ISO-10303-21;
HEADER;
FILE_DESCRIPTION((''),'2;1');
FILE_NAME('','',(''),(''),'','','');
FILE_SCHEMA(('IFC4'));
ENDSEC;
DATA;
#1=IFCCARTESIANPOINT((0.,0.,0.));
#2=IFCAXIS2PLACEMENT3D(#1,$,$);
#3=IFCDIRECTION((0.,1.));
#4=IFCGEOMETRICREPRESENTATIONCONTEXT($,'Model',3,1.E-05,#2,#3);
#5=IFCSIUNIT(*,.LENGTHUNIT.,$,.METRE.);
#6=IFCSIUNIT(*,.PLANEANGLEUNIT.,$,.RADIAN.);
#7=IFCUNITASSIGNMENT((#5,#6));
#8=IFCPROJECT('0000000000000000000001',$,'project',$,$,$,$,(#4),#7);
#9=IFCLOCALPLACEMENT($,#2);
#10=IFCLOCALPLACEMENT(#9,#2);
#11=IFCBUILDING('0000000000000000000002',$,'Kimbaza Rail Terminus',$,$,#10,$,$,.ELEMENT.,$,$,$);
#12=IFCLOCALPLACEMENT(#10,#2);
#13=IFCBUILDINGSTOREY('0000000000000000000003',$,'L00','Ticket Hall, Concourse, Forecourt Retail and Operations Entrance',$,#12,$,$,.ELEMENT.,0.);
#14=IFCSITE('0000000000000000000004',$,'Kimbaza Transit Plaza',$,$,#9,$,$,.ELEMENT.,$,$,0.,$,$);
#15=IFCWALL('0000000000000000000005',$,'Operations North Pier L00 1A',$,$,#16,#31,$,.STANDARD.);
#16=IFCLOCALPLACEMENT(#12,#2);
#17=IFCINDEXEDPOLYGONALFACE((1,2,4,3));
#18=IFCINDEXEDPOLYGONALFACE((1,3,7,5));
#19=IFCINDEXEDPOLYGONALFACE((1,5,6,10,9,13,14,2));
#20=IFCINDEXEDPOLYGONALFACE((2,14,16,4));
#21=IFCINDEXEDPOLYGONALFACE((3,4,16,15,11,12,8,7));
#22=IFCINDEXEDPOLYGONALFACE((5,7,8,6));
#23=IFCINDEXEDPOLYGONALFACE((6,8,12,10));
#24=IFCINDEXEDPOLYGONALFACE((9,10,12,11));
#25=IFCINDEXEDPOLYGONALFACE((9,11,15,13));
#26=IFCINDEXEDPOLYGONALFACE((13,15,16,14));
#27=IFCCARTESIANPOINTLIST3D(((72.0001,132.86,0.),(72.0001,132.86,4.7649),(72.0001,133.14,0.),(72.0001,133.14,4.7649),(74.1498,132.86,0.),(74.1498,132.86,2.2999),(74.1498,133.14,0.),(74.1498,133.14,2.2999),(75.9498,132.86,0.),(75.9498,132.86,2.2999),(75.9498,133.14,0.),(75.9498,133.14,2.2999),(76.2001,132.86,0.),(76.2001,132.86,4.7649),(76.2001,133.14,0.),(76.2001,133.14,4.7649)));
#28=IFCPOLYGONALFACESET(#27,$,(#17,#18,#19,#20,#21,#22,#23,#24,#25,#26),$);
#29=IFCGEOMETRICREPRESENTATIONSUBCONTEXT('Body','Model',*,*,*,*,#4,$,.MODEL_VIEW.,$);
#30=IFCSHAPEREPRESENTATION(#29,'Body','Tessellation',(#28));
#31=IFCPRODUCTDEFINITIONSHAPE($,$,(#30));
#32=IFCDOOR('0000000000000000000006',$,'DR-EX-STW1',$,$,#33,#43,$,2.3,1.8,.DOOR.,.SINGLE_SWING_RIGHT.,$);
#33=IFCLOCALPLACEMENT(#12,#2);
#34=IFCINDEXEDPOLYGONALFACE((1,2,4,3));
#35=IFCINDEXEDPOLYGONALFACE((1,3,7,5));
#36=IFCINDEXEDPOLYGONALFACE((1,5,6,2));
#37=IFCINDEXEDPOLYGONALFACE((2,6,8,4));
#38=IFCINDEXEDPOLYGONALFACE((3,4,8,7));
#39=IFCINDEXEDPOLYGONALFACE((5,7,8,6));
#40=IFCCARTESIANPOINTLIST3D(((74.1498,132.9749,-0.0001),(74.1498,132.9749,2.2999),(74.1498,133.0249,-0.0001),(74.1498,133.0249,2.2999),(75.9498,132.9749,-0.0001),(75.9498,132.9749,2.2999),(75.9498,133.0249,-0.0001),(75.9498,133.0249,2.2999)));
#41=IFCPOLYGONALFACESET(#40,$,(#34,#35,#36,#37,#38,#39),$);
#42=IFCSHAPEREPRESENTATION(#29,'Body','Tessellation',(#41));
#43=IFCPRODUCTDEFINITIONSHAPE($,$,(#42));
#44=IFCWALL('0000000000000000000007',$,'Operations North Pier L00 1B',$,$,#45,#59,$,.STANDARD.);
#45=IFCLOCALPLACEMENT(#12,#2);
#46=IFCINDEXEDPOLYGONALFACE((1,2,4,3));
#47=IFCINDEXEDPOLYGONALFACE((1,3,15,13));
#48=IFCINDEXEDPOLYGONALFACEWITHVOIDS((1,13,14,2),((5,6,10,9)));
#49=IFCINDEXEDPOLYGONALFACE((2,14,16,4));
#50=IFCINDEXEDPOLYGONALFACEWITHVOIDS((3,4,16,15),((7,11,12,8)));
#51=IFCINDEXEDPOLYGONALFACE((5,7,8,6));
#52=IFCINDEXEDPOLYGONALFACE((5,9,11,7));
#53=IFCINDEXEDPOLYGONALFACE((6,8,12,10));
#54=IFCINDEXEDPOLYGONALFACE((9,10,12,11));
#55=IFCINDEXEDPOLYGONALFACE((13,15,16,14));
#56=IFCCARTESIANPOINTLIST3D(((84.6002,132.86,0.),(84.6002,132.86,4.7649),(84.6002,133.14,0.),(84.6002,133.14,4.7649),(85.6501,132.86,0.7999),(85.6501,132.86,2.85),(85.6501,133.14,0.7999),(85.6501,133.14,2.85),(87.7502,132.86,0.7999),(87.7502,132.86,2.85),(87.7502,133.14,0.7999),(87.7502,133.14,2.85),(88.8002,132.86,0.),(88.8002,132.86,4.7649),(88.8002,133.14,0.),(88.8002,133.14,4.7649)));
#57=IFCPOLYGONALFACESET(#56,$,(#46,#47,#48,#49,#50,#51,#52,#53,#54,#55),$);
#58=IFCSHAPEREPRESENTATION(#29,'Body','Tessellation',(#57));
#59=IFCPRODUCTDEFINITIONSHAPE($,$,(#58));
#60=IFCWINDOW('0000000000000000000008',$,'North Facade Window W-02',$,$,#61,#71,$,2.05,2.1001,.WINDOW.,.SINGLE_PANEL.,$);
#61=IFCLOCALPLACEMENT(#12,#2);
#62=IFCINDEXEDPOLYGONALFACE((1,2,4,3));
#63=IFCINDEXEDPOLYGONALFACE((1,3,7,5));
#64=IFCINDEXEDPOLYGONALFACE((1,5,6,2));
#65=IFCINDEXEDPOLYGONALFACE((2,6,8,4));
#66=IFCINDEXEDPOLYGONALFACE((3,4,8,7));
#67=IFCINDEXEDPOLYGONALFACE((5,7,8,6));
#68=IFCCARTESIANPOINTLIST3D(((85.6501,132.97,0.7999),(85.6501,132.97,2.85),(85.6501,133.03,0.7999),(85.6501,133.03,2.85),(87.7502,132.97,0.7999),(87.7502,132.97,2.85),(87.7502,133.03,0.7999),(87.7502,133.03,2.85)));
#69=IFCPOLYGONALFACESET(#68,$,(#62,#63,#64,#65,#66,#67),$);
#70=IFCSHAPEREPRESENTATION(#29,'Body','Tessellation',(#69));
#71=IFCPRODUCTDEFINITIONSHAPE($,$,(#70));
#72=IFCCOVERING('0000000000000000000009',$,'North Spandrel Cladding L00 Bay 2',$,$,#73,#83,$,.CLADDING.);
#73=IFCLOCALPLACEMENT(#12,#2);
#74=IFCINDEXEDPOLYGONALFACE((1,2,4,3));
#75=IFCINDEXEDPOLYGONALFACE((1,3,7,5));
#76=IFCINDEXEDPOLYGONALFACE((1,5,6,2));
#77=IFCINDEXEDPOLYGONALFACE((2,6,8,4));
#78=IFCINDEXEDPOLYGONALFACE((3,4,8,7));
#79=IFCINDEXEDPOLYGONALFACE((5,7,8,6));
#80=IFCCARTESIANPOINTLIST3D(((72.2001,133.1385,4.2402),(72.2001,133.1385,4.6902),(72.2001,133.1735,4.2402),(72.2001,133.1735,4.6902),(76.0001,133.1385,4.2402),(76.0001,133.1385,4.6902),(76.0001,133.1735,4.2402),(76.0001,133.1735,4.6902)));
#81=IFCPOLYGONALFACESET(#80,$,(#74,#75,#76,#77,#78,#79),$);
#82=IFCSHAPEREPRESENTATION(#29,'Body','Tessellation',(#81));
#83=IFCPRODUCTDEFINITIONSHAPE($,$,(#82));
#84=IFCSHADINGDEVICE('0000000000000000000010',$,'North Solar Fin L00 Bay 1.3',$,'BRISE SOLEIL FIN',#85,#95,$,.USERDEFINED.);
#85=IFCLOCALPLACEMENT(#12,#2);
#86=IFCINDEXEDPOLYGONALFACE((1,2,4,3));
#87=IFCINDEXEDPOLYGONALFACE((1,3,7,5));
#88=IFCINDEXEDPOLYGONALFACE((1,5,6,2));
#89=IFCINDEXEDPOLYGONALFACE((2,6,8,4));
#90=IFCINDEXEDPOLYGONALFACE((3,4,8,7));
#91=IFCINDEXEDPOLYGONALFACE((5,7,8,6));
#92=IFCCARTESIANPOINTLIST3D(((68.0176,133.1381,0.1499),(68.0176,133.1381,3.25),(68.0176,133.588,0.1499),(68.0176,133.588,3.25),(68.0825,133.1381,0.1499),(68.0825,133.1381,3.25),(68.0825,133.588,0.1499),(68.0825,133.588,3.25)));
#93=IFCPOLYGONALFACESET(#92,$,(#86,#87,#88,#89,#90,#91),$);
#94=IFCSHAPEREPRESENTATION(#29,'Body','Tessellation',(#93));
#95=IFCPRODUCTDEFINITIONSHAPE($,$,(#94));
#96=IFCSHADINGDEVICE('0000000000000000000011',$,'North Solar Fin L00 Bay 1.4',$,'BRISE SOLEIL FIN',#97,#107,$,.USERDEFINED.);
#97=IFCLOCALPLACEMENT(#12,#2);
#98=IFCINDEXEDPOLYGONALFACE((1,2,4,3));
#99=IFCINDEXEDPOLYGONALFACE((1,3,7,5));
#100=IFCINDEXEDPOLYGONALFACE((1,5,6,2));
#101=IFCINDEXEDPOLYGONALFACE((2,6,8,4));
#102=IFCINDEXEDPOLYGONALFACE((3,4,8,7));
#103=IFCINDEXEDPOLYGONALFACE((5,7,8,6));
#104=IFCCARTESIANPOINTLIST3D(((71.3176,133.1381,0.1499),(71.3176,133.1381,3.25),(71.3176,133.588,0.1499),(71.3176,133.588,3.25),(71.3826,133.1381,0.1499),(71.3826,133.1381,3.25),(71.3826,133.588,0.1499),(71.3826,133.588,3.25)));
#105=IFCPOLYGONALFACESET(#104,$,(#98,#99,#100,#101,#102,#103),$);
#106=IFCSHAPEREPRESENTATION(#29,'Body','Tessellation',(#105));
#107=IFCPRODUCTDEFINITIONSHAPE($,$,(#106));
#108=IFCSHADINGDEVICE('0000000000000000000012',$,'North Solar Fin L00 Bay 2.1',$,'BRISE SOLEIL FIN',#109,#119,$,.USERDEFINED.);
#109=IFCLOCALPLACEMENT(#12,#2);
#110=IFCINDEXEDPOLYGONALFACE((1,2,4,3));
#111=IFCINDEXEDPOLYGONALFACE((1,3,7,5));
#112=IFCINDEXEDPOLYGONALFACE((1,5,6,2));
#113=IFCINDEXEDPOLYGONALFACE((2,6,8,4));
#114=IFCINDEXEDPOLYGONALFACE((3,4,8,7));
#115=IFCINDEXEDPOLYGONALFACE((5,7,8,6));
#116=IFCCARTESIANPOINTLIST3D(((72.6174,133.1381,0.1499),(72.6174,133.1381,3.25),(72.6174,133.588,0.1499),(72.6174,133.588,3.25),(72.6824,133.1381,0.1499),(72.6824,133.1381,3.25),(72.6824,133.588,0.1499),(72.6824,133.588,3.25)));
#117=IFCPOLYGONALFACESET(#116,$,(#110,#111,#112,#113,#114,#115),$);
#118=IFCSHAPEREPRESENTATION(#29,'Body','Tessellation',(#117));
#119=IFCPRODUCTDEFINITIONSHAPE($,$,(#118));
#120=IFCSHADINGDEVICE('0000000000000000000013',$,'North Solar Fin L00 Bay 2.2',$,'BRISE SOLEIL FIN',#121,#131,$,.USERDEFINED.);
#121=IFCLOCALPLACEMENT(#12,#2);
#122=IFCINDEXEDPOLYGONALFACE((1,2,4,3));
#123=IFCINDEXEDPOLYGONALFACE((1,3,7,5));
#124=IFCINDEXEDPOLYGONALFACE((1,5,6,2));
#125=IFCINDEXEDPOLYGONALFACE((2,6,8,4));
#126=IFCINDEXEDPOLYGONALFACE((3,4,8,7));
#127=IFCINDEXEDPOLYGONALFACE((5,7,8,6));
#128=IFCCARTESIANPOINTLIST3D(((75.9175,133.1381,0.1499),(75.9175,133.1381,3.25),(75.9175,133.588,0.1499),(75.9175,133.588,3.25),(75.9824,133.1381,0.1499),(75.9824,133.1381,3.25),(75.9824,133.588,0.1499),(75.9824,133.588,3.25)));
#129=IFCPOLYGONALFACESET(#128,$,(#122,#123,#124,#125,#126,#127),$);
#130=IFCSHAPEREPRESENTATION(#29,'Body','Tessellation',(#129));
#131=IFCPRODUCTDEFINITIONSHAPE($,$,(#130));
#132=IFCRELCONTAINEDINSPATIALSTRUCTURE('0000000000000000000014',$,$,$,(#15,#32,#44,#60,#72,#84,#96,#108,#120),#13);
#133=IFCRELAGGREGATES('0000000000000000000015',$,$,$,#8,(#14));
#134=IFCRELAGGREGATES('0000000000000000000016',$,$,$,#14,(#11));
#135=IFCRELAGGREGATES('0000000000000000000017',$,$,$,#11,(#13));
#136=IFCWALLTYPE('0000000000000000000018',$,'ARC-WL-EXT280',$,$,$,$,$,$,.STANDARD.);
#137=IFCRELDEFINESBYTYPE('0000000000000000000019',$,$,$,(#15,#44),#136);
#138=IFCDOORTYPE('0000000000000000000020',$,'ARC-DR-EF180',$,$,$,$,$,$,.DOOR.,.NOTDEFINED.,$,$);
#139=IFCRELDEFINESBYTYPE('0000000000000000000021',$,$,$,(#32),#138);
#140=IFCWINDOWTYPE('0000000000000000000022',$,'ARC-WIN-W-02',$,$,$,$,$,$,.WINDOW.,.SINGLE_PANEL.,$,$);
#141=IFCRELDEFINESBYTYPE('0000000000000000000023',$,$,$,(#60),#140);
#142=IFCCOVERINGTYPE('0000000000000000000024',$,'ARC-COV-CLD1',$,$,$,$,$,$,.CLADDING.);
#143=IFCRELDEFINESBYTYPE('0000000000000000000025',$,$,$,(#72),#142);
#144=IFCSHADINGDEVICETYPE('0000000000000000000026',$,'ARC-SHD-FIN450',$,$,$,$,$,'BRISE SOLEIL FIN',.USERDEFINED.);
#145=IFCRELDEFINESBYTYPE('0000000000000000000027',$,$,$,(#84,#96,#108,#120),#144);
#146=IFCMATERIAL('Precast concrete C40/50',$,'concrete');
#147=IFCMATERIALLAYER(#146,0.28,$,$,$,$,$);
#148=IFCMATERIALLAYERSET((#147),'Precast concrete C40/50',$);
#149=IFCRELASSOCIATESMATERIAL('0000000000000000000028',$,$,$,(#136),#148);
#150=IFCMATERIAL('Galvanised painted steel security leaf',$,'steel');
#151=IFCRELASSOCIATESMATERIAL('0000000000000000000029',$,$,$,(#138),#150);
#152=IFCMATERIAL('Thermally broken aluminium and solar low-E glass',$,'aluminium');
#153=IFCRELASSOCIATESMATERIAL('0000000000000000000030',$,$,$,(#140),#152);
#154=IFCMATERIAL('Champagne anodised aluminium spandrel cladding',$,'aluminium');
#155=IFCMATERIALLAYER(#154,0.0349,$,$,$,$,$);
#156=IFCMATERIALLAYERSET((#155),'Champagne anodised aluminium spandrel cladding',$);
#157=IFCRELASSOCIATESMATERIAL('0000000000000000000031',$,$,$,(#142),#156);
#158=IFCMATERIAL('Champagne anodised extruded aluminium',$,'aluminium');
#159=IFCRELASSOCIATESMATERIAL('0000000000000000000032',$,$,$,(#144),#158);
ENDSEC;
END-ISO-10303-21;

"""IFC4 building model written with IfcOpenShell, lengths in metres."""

from ifc_helpers import new_model, si_unit, direction, frame, frame_2d, origin, origin_2d, place, context, subcontext, project, spatial, rectangle, extrude, material, layer, layer_set, type_object, element, fill, save


model = new_model("IFC4")

# Units and contexts
model_context = context("Model", 3, precision=1e-05, world=origin(), true_north=direction((0.0, 1.0)))
body_context = subcontext(model_context, "Body", "Model", "MODEL_VIEW")
ifc_project = project(units=[si_unit("LENGTHUNIT", "METRE"), si_unit("PLANEANGLEUNIT", "RADIAN")], contexts=[model_context])

# Site, building, storey
site_placement = place(None, origin())
site = spatial("IfcSite", under=ifc_project, at=site_placement, Name="Kimbaza Transit Plaza", CompositionType="ELEMENT", RefElevation=0.0)
building_placement = place(site_placement, origin())
building = spatial("IfcBuilding", under=site, at=building_placement, Name="Kimbaza Rail Terminus", CompositionType="ELEMENT")
storey_placement = place(building_placement, origin())
storey = spatial("IfcBuildingStorey", under=building, at=storey_placement, Name="L00", Description="Ticket Hall, Concourse, Forecourt Retail and Operations Entrance", CompositionType="ELEMENT", Elevation=0.0)

# Shared definitions
ifc_material_1 = material(Name="Precast concrete C40/50", Category="concrete")
ifc_layer_1 = layer(ifc_material_1, 0.28)
ifc_layer_set_1 = layer_set([ifc_layer_1], Name="Precast concrete C40/50")
wall_type = type_object("IfcWallType", Name="ARC-WL-EXT280", PredefinedType="STANDARD", material=ifc_layer_set_1)

# Wall, opening, door
wall_1_placement = place(storey_placement, frame((72.0, 133.0, 0.0), z_axis=(0.0, 0.0, 1.0), x_axis=(1.0, 0.0, 0.0)))
wall_1 = element("IfcWall", 1, at=wall_1_placement, inside=storey, type_object=wall_type, Name="Operations North Pier L00 1A", PredefinedType="STANDARD", context=body_context, shape_type="SweptSolid", body=[
    extrude(rectangle(XDim=4.2, YDim=0.28, at=frame_2d((2.1001, 0.0))), origin(), (0.0, 0.0, 1.0), 4.7649),
])
opening_1_placement = place(wall_1_placement, frame((2.1499, 0.0, 0.0)))
opening_1 = element("IfcOpeningElement", 2, at=opening_1_placement, cuts=wall_1, PredefinedType="OPENING", context=body_context, shape_type="SweptSolid", body=[
    extrude(rectangle(XDim=1.8, YDim=2.3, at=frame_2d((0.8999, 1.1499))), frame((0.0, 0.1499, 0.0), z_axis=(0.0, -1.0, 0.0), x_axis=(1.0, 0.0, 0.0)), (0.0, 0.0, 1.0), 0.3),
])
ifc_material_2 = material(Name="Galvanised painted steel security leaf", Category="steel")
door_type = type_object("IfcDoorType", Name="ARC-DR-EF180", OperationType="NOTDEFINED", PredefinedType="DOOR", material=ifc_material_2)
door_placement = place(opening_1_placement, origin())
door = element("IfcDoor", 3, at=door_placement, inside=storey, type_object=door_type, Name="DR-EX-STW1", OperationType="SINGLE_SWING_RIGHT", OverallHeight=2.3, OverallWidth=1.8, PredefinedType="DOOR", context=body_context, shape_type="SweptSolid", body=[
    extrude(rectangle(XDim=1.8, YDim=2.3, at=frame_2d((0.8999, 1.1499))), frame((0.0, 0.0249, 0.0), z_axis=(0.0, -1.0, 0.0), x_axis=(1.0, 0.0, 0.0)), (0.0, 0.0, 1.0), 0.05),
])
fill(opening_1, door)

# Wall, opening, window
wall_2_placement = place(storey_placement, frame((84.6001, 133.0, 0.0), z_axis=(0.0, 0.0, 1.0), x_axis=(1.0, 0.0, 0.0)))
wall_2 = element("IfcWall", 4, at=wall_2_placement, inside=storey, type_object=wall_type, Name="Operations North Pier L00 1B", PredefinedType="STANDARD", context=body_context, shape_type="SweptSolid", body=[
    extrude(rectangle(XDim=4.2, YDim=0.28, at=frame_2d((2.1001, 0.0))), origin(), (0.0, 0.0, 1.0), 4.7649),
])
opening_2_placement = place(wall_2_placement, frame((1.05, 0.0, 0.8)))
opening_2 = element("IfcOpeningElement", 5, at=opening_2_placement, cuts=wall_2, PredefinedType="OPENING", context=body_context, shape_type="SweptSolid", body=[
    extrude(rectangle(XDim=2.1001, YDim=2.05, at=frame_2d((1.05, 1.0249))), frame((0.0, 0.1499, 0.0), z_axis=(0.0, -1.0, 0.0), x_axis=(1.0, 0.0, 0.0)), (0.0, 0.0, 1.0), 0.3),
])
ifc_material_3 = material(Name="Thermally broken aluminium and solar low-E glass", Category="aluminium")
window_type_1 = type_object("IfcWindowType", Name="ARC-WIN-W-02", PartitioningType="SINGLE_PANEL", PredefinedType="WINDOW", material=ifc_material_3)
window_1_placement = place(opening_2_placement, origin())
window_1 = element("IfcWindow", 6, at=window_1_placement, inside=storey, type_object=window_type_1, Name="North Facade Window W-02", OverallHeight=2.05, OverallWidth=2.1001, PartitioningType="SINGLE_PANEL", PredefinedType="WINDOW", context=body_context, shape_type="SweptSolid", body=[
    extrude(rectangle(XDim=2.1001, YDim=2.05, at=frame_2d((1.05, 1.0249))), frame((0.0, 0.03, 0.0), z_axis=(0.0, -1.0, 0.0), x_axis=(1.0, 0.0, 0.0)), (0.0, 0.0, 1.0), 0.0601),
])
fill(opening_2, window_1)

# Covering
ifc_material_4 = material(Name="Champagne anodised aluminium spandrel cladding", Category="aluminium")
ifc_layer_2 = layer(ifc_material_4, 0.0349)
ifc_layer_set_2 = layer_set([ifc_layer_2], Name="Champagne anodised aluminium spandrel cladding")
covering_type = type_object("IfcCoveringType", Name="ARC-COV-CLD1", PredefinedType="CLADDING", material=ifc_layer_set_2)
covering_placement = place(storey_placement, frame((74.1001, 133.156, 4.2402), z_axis=(0.0, 0.0, 1.0), x_axis=(1.0, 0.0, 0.0)))
element("IfcCovering", 7, at=covering_placement, inside=storey, type_object=covering_type, Name="North Spandrel Cladding L00 Bay 2", PredefinedType="CLADDING", context=body_context, shape_type="SweptSolid", body=[
    extrude(rectangle(XDim=3.8, YDim=0.0349, at=origin_2d()), origin(), (0.0, 0.0, 1.0), 0.45),
])

# Shading devices
ifc_material_5 = material(Name="Champagne anodised extruded aluminium", Category="aluminium")
shading_device_type = type_object("IfcShadingDeviceType", Name="ARC-SHD-FIN450", ElementType="BRISE SOLEIL FIN", PredefinedType="USERDEFINED", material=ifc_material_5)
for number, where, z_axis, x_axis, name in (
    (8, (68.05, 133.363, 0.1499), (0.0, 0.0, 1.0), (1.0, 0.0, 0.0), "North Solar Fin L00 Bay 1.3"),
    (9, (71.3501, 133.363, 0.1499), (0.0, 0.0, 1.0), (1.0, 0.0, 0.0), "North Solar Fin L00 Bay 1.4"),
    (10, (72.6499, 133.363, 0.1499), (0.0, 0.0, 1.0), (1.0, 0.0, 0.0), "North Solar Fin L00 Bay 2.1"),
    (11, (75.95, 133.363, 0.1499), (0.0, 0.0, 1.0), (1.0, 0.0, 0.0), "North Solar Fin L00 Bay 2.2"),
):
    element("IfcShadingDevice", number, at=place(storey_placement, frame(where, z_axis=z_axis, x_axis=x_axis)), inside=storey, type_object=shading_device_type, Name=name, ObjectType="BRISE SOLEIL FIN", PredefinedType="USERDEFINED", context=body_context, shape_type="SweptSolid", body=[
        extrude(rectangle(XDim=0.0649, YDim=0.45, at=origin_2d()), origin(), (0.0, 0.0, 1.0), 3.1001),
    ])

save(model, "model.ifc")
